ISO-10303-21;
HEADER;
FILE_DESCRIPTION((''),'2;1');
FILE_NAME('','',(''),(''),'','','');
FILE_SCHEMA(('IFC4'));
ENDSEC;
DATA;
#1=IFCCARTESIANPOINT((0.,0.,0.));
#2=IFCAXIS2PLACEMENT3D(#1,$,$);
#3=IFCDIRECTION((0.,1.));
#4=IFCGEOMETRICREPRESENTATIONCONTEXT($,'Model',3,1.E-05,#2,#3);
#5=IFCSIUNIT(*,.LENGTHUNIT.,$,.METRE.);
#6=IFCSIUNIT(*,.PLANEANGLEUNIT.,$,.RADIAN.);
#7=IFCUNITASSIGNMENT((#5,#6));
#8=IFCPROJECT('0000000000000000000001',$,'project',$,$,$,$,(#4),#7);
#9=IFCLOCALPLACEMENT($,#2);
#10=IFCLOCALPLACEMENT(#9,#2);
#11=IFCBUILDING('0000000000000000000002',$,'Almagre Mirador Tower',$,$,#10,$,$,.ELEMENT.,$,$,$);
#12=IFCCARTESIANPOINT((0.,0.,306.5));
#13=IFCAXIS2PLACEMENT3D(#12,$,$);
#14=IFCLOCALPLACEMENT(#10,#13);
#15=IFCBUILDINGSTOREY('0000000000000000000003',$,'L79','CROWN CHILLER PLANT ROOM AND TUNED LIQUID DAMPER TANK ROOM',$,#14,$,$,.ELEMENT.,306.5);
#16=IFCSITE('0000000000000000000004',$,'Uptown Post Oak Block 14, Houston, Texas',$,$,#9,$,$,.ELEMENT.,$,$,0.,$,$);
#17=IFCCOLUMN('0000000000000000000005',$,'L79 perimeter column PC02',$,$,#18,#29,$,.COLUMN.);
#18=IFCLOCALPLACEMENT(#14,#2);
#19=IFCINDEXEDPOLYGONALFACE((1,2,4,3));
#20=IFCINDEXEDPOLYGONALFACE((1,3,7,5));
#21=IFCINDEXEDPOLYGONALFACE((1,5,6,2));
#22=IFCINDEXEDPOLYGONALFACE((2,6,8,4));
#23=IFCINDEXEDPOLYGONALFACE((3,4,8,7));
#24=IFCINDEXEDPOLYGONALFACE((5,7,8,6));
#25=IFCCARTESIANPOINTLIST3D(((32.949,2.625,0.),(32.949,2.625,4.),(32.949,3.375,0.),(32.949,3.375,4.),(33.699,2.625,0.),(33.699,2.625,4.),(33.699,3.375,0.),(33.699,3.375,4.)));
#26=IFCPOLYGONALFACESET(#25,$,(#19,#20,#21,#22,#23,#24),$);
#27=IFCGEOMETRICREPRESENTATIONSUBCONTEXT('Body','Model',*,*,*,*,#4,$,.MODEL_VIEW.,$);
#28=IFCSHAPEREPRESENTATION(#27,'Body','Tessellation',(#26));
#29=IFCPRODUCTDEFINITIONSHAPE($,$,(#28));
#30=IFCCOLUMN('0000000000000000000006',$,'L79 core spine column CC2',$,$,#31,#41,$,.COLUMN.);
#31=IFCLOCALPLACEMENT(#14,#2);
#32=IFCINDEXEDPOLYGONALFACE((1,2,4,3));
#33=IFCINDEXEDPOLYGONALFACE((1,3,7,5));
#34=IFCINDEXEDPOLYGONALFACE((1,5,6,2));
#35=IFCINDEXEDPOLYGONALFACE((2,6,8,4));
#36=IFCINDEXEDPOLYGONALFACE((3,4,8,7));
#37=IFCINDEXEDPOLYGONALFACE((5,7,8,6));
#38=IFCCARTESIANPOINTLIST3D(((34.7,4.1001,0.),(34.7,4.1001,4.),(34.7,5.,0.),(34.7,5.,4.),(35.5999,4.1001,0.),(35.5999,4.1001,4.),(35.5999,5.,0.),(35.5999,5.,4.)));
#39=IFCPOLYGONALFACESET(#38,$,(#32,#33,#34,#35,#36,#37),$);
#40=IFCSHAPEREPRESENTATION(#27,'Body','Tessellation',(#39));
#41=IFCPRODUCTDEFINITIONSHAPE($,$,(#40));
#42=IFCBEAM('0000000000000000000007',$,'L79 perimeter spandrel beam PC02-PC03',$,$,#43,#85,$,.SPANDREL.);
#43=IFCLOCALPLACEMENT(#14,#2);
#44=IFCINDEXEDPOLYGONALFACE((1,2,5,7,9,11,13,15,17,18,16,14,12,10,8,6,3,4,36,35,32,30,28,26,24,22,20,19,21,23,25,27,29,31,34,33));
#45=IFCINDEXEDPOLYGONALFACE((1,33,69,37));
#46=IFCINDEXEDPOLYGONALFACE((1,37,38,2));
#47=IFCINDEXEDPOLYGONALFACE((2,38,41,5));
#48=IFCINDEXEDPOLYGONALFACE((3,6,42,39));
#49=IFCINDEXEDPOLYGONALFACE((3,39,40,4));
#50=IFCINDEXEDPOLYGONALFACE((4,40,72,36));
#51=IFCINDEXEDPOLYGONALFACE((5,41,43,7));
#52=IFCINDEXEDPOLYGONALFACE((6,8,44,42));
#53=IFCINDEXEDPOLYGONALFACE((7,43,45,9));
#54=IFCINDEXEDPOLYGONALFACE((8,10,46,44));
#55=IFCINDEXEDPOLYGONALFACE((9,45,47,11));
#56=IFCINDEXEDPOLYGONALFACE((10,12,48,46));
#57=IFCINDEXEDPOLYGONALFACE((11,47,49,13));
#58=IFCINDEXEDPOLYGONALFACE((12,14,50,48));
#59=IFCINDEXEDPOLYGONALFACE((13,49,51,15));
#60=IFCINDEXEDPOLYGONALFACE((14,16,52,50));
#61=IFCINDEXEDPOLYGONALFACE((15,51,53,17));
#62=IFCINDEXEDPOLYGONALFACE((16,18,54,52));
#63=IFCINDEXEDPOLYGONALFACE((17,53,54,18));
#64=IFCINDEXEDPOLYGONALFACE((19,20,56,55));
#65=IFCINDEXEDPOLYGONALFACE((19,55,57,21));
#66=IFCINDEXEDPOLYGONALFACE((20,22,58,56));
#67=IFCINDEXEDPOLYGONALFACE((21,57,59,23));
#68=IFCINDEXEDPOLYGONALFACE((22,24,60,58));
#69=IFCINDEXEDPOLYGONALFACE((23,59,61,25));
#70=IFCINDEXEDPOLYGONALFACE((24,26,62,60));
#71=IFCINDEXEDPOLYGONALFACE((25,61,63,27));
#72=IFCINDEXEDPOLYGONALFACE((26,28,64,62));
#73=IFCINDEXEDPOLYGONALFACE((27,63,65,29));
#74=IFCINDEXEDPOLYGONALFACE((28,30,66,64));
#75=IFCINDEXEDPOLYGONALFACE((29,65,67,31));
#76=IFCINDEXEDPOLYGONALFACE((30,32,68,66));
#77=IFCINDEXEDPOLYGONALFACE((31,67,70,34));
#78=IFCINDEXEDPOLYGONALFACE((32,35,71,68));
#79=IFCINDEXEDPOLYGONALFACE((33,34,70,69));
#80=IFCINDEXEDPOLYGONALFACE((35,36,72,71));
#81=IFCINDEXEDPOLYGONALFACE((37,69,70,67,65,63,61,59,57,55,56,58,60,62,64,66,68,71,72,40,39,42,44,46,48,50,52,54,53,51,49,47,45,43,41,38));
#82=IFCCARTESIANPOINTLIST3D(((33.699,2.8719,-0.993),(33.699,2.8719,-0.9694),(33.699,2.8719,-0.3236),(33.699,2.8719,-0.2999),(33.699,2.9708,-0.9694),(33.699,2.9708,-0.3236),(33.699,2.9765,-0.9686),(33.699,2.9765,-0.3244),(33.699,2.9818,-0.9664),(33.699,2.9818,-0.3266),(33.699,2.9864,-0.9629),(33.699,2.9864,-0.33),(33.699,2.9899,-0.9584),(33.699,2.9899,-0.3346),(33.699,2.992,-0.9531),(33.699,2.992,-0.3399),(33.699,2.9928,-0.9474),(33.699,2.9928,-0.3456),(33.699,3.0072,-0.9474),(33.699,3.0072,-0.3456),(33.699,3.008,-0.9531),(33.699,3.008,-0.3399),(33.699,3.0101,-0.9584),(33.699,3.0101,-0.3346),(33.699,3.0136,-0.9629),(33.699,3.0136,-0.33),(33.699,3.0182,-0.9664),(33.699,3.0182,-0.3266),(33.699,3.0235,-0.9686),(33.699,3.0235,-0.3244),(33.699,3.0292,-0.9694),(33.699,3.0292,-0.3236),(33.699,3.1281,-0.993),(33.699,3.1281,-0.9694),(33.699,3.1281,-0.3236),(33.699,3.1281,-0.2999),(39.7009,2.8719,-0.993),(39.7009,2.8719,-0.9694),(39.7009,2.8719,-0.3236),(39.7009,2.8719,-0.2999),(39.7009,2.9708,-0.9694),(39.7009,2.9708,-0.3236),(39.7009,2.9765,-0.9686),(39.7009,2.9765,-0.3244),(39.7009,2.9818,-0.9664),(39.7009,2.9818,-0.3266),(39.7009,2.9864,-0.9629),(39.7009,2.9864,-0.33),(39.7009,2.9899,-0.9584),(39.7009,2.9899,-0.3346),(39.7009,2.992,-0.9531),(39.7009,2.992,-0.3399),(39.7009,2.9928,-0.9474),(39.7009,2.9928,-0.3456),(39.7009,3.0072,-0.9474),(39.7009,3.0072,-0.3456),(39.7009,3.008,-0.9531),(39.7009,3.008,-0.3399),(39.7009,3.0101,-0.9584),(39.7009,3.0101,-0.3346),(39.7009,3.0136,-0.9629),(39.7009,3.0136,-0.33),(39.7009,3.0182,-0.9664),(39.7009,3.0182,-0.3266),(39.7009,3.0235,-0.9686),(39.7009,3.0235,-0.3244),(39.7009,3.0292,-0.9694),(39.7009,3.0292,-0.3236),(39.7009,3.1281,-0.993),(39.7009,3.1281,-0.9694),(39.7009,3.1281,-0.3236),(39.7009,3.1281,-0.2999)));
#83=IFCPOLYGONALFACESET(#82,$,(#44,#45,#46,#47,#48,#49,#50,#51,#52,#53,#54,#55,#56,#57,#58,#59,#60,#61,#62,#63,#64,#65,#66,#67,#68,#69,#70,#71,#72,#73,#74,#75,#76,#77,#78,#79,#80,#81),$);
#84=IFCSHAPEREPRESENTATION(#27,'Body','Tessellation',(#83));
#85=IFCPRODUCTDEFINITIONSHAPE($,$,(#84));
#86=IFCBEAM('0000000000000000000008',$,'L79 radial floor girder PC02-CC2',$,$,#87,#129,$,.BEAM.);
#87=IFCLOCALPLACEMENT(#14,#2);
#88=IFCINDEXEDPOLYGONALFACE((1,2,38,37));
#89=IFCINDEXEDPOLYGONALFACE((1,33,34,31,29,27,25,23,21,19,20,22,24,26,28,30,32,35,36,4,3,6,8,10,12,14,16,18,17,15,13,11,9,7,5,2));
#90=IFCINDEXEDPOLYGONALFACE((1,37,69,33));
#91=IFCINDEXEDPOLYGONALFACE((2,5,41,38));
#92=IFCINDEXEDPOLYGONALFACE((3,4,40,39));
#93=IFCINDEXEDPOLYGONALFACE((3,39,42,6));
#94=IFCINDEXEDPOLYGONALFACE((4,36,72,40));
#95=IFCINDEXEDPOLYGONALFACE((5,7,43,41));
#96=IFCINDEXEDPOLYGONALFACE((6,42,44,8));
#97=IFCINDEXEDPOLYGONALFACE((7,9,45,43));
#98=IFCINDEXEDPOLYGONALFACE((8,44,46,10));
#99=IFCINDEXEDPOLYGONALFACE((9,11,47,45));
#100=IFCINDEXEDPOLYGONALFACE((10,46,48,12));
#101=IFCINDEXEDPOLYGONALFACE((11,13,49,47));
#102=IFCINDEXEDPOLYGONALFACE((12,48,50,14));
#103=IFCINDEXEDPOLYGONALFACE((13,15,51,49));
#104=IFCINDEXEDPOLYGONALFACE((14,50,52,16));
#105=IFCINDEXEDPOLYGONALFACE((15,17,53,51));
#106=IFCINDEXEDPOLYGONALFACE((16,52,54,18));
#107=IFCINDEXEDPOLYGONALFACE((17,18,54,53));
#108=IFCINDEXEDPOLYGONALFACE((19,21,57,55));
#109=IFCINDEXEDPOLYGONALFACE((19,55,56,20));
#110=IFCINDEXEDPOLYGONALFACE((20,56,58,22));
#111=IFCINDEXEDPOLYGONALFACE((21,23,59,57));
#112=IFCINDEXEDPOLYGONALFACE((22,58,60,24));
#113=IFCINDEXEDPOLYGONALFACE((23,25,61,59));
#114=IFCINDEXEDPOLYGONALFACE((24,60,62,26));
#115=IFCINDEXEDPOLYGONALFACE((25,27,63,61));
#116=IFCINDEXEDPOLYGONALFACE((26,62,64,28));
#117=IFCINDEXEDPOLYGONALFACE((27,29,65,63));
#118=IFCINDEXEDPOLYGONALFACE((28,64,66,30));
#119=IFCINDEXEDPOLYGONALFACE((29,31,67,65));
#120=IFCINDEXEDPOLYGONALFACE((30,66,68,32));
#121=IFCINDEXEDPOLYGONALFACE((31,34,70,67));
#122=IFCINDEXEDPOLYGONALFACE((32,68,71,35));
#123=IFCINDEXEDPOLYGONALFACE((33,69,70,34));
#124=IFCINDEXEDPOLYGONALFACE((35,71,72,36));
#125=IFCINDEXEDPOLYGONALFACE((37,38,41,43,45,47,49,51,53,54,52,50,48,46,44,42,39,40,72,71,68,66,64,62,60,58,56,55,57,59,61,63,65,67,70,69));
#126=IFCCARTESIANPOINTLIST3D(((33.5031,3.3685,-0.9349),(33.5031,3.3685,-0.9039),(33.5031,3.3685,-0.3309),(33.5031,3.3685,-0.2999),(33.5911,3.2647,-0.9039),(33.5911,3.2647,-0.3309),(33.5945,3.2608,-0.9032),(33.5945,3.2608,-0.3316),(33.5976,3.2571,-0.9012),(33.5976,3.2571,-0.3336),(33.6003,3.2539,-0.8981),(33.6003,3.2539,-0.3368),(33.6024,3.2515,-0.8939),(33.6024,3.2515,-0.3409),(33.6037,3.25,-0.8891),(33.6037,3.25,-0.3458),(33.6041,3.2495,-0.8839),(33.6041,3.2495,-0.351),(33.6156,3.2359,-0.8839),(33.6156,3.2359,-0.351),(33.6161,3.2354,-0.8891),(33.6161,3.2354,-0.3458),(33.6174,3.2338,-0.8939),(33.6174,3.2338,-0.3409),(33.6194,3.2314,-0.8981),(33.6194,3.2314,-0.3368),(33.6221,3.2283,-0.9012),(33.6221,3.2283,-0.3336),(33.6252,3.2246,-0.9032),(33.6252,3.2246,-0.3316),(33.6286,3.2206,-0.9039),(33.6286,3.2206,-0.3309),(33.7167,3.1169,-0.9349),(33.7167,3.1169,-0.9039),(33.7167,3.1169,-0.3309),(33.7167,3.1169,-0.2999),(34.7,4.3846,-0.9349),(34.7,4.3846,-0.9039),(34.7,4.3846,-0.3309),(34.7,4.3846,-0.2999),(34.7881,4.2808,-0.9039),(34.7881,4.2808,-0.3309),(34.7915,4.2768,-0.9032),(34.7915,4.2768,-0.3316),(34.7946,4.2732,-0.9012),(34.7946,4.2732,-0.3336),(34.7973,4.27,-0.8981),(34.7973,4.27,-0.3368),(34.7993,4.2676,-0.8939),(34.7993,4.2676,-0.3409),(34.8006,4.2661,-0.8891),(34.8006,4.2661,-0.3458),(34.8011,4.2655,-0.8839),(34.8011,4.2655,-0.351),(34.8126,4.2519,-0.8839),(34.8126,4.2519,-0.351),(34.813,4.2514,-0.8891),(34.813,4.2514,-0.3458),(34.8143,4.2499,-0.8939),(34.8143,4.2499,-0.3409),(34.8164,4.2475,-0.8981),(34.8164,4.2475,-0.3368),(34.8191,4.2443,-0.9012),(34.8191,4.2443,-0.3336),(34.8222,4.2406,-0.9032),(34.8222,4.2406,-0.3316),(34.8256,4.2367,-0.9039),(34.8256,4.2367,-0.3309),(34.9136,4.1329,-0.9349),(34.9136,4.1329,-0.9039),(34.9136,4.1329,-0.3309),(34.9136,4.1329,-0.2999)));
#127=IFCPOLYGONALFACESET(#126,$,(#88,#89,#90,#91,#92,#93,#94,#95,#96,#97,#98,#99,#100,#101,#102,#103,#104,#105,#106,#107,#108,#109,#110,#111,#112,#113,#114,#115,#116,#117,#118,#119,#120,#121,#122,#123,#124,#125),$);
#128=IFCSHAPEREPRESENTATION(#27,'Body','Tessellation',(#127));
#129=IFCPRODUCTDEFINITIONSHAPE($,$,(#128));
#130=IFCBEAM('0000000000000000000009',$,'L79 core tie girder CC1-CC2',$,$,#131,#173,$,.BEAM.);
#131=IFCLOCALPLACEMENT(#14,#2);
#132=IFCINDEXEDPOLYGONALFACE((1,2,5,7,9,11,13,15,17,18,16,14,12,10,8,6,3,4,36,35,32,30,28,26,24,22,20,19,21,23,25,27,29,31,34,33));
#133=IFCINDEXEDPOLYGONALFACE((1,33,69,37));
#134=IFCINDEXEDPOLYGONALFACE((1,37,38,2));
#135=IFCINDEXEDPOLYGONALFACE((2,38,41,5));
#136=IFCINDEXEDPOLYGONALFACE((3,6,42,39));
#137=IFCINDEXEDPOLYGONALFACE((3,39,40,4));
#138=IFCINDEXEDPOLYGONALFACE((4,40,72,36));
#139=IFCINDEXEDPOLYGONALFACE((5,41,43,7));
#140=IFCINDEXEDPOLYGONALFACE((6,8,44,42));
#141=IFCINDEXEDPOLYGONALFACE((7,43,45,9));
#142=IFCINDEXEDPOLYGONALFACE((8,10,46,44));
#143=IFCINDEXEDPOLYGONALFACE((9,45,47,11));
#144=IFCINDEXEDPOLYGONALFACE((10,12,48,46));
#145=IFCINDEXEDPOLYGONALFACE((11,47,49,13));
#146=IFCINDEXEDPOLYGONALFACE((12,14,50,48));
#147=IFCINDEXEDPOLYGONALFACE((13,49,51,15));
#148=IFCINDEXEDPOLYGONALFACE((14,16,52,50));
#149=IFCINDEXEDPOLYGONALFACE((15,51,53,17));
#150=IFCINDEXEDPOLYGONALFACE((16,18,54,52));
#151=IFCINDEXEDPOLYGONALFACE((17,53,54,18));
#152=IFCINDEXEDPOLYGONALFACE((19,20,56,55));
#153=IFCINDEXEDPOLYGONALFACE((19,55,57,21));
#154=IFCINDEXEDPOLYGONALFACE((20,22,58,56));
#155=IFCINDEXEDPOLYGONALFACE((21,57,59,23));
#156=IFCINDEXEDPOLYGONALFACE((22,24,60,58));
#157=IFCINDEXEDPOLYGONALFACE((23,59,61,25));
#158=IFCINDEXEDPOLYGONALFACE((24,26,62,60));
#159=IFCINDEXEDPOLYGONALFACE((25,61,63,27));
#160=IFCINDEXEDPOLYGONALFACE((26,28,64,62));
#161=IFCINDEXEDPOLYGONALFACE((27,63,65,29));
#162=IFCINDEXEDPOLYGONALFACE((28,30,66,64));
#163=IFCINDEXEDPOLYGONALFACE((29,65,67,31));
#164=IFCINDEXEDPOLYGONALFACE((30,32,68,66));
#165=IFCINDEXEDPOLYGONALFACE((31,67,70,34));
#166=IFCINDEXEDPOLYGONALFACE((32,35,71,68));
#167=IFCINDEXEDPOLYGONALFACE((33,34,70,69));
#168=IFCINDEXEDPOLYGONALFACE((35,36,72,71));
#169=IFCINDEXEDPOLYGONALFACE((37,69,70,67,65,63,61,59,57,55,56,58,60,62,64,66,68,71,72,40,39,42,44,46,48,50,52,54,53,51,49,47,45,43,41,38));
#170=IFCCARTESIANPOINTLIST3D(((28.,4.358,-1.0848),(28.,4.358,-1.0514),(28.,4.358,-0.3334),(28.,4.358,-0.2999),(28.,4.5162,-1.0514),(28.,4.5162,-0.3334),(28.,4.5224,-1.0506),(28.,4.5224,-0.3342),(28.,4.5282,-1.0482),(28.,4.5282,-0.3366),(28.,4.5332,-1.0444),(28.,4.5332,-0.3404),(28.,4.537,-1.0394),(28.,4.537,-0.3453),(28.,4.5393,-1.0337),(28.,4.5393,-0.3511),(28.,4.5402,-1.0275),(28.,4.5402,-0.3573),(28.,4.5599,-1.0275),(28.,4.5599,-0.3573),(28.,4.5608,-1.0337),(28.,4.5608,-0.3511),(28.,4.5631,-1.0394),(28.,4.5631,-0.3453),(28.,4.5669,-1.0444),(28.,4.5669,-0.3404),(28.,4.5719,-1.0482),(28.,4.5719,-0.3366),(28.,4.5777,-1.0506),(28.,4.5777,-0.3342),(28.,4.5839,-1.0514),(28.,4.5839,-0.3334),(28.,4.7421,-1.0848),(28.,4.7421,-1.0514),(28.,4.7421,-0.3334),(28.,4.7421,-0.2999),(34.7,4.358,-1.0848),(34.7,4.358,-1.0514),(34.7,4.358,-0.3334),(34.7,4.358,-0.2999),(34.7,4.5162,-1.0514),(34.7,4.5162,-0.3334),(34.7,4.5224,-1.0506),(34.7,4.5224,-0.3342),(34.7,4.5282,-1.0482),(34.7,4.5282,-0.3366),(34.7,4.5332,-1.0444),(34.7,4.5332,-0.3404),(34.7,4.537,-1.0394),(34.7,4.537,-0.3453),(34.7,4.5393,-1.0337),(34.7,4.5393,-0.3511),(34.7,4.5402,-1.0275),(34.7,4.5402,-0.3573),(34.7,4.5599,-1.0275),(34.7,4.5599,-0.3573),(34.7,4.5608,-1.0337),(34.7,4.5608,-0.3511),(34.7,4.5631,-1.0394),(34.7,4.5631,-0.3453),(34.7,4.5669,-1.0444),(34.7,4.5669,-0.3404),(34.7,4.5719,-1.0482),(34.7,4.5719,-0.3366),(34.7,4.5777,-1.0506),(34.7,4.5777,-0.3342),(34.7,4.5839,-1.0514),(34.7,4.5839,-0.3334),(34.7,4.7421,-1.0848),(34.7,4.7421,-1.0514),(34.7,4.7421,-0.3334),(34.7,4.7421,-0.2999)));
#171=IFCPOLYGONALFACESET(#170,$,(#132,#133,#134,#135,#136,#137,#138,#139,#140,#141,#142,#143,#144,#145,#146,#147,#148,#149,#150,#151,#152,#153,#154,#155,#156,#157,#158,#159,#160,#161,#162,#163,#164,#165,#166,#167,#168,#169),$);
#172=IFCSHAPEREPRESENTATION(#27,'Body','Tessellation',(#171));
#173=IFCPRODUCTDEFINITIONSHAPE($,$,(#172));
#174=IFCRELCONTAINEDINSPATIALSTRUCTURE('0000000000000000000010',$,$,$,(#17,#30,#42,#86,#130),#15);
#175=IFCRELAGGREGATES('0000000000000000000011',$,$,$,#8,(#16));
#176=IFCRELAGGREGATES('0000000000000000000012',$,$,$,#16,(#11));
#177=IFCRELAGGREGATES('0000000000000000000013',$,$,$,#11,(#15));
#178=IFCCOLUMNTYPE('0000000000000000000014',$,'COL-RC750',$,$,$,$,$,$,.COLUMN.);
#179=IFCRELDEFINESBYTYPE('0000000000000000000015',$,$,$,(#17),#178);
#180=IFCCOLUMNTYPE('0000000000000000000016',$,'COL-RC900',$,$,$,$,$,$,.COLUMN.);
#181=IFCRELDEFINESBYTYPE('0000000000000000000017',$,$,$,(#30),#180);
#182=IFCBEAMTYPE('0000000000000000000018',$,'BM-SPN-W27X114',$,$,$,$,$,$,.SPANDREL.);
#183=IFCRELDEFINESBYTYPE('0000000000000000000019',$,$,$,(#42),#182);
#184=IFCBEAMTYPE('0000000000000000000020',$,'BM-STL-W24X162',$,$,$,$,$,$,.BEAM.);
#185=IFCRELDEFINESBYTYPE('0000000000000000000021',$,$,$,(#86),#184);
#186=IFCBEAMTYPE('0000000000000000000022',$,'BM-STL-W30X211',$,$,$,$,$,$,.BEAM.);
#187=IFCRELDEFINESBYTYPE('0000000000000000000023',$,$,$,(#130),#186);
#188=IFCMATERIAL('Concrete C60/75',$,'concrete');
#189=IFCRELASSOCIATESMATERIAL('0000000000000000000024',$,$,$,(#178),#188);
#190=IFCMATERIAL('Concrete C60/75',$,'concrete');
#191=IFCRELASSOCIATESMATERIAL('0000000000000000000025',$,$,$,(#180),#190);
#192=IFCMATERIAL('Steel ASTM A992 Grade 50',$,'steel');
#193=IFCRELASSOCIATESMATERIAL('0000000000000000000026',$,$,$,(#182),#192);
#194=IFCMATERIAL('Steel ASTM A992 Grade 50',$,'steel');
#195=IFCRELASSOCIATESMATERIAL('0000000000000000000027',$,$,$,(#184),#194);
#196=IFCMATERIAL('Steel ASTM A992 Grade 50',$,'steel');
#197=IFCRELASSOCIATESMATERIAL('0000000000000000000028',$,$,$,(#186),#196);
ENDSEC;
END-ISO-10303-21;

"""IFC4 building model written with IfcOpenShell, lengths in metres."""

from ifc_helpers import new_model, si_unit, direction, frame, origin, origin_2d, place, context, subcontext, project, spatial, rectangle, i_section, extrude, material, material_profile, profile_set, type_object, element, save


model = new_model("IFC4")

# Units and contexts
model_context = context("Model", 3, precision=1e-05, world=origin(), true_north=direction((0.0, 1.0)))
body_context = subcontext(model_context, "Body", "Model", "MODEL_VIEW")
ifc_project = project(units=[si_unit("LENGTHUNIT", "METRE"), si_unit("PLANEANGLEUNIT", "RADIAN")], contexts=[model_context])

# Site, building, storey
site_placement = place(None, origin())
site = spatial("IfcSite", under=ifc_project, at=site_placement, Name="Uptown Post Oak Block 14, Houston, Texas", CompositionType="ELEMENT", RefElevation=0.0)
building_placement = place(site_placement, origin())
building = spatial("IfcBuilding", under=site, at=building_placement, Name="Almagre Mirador Tower", CompositionType="ELEMENT")
storey_placement = place(building_placement, frame((0.0, 0.0, 306.5)))
storey = spatial("IfcBuildingStorey", under=building, at=storey_placement, Name="L79", Description="CROWN CHILLER PLANT ROOM AND TUNED LIQUID DAMPER TANK ROOM", CompositionType="ELEMENT", Elevation=306.5)

# Columns
ifc_material_1 = material(Name="Concrete C60/75", Category="concrete")
ifc_material_profile_1 = material_profile(ifc_material_1, rectangle(XDim=0.75, YDim=0.75, at=origin_2d()), Name="RC750X750")
ifc_profile_set_1 = profile_set([ifc_material_profile_1], Name="Concrete C60/75")
column_type_1 = type_object("IfcColumnType", Name="COL-RC750", PredefinedType="COLUMN", material=ifc_profile_set_1)
column_1_placement = place(storey_placement, frame((33.324, 3.0, 0.0), z_axis=(0.0, 0.0, 1.0), x_axis=(1.0, 0.0, 0.0)))
element("IfcColumn", 1, at=column_1_placement, inside=storey, type_object=column_type_1, Name="L79 perimeter column PC02", PredefinedType="COLUMN", context=body_context, shape_type="SweptSolid", body=[
    extrude(rectangle(XDim=0.75, YDim=0.75, at=origin_2d()), origin(), (0.0, 0.0, 1.0), 4.0),
])
ifc_material_2 = material(Name="Concrete C60/75", Category="concrete")
ifc_material_profile_2 = material_profile(ifc_material_2, rectangle(XDim=0.8999, YDim=0.8999, at=origin_2d()), Name="RC900X900")
ifc_profile_set_2 = profile_set([ifc_material_profile_2], Name="Concrete C60/75")
column_type_2 = type_object("IfcColumnType", Name="COL-RC900", PredefinedType="COLUMN", material=ifc_profile_set_2)
column_2_placement = place(storey_placement, frame((35.1499, 4.55, 0.0), z_axis=(0.0, 0.0, 1.0), x_axis=(1.0, 0.0, 0.0)))
element("IfcColumn", 2, at=column_2_placement, inside=storey, type_object=column_type_2, Name="L79 core spine column CC2", PredefinedType="COLUMN", context=body_context, shape_type="SweptSolid", body=[
    extrude(rectangle(XDim=0.8999, YDim=0.8999, at=origin_2d()), origin(), (0.0, 0.0, 1.0), 4.0),
])

# Beams
ifc_material_3 = material(Name="Steel ASTM A992 Grade 50", Category="steel")
ifc_material_profile_3 = material_profile(ifc_material_3, i_section(OverallWidth=0.2561, OverallDepth=0.6931, WebThickness=0.0144, FlangeThickness=0.0237, FilletRadius=0.022, at=origin_2d()), Name="W27X114")
ifc_profile_set_3 = profile_set([ifc_material_profile_3], Name="Steel ASTM A992 Grade 50")
beam_type_1 = type_object("IfcBeamType", Name="BM-SPN-W27X114", PredefinedType="SPANDREL", material=ifc_profile_set_3)
beam_1_placement = place(storey_placement, frame((33.699, 3.0, -0.6465), z_axis=(1.0, 0.0, 0.0), x_axis=(0.0, 1.0, 0.0)))
element("IfcBeam", 3, at=beam_1_placement, inside=storey, type_object=beam_type_1, Name="L79 perimeter spandrel beam PC02-PC03", PredefinedType="SPANDREL", context=body_context, shape_type="SweptSolid", body=[
    extrude(i_section(OverallWidth=0.2561, OverallDepth=0.6931, WebThickness=0.0144, FlangeThickness=0.0237, FilletRadius=0.022, at=origin_2d()), origin(), (0.0, 0.0, 1.0), 6.002),
])
ifc_material_4 = material(Name="Steel ASTM A992 Grade 50", Category="steel")
ifc_material_profile_4 = material_profile(ifc_material_4, i_section(OverallWidth=0.3301, OverallDepth=0.635, WebThickness=0.0178, FlangeThickness=0.031, FilletRadius=0.02, at=origin_2d()), Name="W24X162")
ifc_profile_set_4 = profile_set([ifc_material_profile_4], Name="Steel ASTM A992 Grade 50")
beam_type_2 = type_object("IfcBeamType", Name="BM-STL-W24X162", PredefinedType="BEAM", material=ifc_profile_set_4)
beam_2_placement = place(storey_placement, frame((33.6099, 3.2427, -0.6174), z_axis=(0.762365, 0.647147, 0.0), x_axis=(-0.647147, 0.762365, 0.0)))
element("IfcBeam", 4, at=beam_2_placement, inside=storey, type_object=beam_type_2, Name="L79 radial floor girder PC02-CC2", PredefinedType="BEAM", context=body_context, shape_type="SweptSolid", body=[
    extrude(i_section(OverallWidth=0.3301, OverallDepth=0.635, WebThickness=0.0178, FlangeThickness=0.031, FilletRadius=0.02, at=origin_2d()), origin(), (0.0, 0.0, 1.0), 1.5701),
])
ifc_material_5 = material(Name="Steel ASTM A992 Grade 50", Category="steel")
ifc_material_profile_5 = material_profile(ifc_material_5, i_section(OverallWidth=0.384, OverallDepth=0.7849, WebThickness=0.0198, FlangeThickness=0.0334, FilletRadius=0.0239, at=origin_2d()), Name="W30X211")
ifc_profile_set_5 = profile_set([ifc_material_profile_5], Name="Steel ASTM A992 Grade 50")
beam_type_3 = type_object("IfcBeamType", Name="BM-STL-W30X211", PredefinedType="BEAM", material=ifc_profile_set_5)
beam_3_placement = place(storey_placement, frame((28.0, 4.55, -0.6924), z_axis=(1.0, 0.0, 0.0), x_axis=(0.0, 1.0, 0.0)))
element("IfcBeam", 5, at=beam_3_placement, inside=storey, type_object=beam_type_3, Name="L79 core tie girder CC1-CC2", PredefinedType="BEAM", context=body_context, shape_type="SweptSolid", body=[
    extrude(i_section(OverallWidth=0.384, OverallDepth=0.7849, WebThickness=0.0198, FlangeThickness=0.0334, FilletRadius=0.0239, at=origin_2d()), origin(), (0.0, 0.0, 1.0), 6.7),
])

save(model, "model.ifc")
